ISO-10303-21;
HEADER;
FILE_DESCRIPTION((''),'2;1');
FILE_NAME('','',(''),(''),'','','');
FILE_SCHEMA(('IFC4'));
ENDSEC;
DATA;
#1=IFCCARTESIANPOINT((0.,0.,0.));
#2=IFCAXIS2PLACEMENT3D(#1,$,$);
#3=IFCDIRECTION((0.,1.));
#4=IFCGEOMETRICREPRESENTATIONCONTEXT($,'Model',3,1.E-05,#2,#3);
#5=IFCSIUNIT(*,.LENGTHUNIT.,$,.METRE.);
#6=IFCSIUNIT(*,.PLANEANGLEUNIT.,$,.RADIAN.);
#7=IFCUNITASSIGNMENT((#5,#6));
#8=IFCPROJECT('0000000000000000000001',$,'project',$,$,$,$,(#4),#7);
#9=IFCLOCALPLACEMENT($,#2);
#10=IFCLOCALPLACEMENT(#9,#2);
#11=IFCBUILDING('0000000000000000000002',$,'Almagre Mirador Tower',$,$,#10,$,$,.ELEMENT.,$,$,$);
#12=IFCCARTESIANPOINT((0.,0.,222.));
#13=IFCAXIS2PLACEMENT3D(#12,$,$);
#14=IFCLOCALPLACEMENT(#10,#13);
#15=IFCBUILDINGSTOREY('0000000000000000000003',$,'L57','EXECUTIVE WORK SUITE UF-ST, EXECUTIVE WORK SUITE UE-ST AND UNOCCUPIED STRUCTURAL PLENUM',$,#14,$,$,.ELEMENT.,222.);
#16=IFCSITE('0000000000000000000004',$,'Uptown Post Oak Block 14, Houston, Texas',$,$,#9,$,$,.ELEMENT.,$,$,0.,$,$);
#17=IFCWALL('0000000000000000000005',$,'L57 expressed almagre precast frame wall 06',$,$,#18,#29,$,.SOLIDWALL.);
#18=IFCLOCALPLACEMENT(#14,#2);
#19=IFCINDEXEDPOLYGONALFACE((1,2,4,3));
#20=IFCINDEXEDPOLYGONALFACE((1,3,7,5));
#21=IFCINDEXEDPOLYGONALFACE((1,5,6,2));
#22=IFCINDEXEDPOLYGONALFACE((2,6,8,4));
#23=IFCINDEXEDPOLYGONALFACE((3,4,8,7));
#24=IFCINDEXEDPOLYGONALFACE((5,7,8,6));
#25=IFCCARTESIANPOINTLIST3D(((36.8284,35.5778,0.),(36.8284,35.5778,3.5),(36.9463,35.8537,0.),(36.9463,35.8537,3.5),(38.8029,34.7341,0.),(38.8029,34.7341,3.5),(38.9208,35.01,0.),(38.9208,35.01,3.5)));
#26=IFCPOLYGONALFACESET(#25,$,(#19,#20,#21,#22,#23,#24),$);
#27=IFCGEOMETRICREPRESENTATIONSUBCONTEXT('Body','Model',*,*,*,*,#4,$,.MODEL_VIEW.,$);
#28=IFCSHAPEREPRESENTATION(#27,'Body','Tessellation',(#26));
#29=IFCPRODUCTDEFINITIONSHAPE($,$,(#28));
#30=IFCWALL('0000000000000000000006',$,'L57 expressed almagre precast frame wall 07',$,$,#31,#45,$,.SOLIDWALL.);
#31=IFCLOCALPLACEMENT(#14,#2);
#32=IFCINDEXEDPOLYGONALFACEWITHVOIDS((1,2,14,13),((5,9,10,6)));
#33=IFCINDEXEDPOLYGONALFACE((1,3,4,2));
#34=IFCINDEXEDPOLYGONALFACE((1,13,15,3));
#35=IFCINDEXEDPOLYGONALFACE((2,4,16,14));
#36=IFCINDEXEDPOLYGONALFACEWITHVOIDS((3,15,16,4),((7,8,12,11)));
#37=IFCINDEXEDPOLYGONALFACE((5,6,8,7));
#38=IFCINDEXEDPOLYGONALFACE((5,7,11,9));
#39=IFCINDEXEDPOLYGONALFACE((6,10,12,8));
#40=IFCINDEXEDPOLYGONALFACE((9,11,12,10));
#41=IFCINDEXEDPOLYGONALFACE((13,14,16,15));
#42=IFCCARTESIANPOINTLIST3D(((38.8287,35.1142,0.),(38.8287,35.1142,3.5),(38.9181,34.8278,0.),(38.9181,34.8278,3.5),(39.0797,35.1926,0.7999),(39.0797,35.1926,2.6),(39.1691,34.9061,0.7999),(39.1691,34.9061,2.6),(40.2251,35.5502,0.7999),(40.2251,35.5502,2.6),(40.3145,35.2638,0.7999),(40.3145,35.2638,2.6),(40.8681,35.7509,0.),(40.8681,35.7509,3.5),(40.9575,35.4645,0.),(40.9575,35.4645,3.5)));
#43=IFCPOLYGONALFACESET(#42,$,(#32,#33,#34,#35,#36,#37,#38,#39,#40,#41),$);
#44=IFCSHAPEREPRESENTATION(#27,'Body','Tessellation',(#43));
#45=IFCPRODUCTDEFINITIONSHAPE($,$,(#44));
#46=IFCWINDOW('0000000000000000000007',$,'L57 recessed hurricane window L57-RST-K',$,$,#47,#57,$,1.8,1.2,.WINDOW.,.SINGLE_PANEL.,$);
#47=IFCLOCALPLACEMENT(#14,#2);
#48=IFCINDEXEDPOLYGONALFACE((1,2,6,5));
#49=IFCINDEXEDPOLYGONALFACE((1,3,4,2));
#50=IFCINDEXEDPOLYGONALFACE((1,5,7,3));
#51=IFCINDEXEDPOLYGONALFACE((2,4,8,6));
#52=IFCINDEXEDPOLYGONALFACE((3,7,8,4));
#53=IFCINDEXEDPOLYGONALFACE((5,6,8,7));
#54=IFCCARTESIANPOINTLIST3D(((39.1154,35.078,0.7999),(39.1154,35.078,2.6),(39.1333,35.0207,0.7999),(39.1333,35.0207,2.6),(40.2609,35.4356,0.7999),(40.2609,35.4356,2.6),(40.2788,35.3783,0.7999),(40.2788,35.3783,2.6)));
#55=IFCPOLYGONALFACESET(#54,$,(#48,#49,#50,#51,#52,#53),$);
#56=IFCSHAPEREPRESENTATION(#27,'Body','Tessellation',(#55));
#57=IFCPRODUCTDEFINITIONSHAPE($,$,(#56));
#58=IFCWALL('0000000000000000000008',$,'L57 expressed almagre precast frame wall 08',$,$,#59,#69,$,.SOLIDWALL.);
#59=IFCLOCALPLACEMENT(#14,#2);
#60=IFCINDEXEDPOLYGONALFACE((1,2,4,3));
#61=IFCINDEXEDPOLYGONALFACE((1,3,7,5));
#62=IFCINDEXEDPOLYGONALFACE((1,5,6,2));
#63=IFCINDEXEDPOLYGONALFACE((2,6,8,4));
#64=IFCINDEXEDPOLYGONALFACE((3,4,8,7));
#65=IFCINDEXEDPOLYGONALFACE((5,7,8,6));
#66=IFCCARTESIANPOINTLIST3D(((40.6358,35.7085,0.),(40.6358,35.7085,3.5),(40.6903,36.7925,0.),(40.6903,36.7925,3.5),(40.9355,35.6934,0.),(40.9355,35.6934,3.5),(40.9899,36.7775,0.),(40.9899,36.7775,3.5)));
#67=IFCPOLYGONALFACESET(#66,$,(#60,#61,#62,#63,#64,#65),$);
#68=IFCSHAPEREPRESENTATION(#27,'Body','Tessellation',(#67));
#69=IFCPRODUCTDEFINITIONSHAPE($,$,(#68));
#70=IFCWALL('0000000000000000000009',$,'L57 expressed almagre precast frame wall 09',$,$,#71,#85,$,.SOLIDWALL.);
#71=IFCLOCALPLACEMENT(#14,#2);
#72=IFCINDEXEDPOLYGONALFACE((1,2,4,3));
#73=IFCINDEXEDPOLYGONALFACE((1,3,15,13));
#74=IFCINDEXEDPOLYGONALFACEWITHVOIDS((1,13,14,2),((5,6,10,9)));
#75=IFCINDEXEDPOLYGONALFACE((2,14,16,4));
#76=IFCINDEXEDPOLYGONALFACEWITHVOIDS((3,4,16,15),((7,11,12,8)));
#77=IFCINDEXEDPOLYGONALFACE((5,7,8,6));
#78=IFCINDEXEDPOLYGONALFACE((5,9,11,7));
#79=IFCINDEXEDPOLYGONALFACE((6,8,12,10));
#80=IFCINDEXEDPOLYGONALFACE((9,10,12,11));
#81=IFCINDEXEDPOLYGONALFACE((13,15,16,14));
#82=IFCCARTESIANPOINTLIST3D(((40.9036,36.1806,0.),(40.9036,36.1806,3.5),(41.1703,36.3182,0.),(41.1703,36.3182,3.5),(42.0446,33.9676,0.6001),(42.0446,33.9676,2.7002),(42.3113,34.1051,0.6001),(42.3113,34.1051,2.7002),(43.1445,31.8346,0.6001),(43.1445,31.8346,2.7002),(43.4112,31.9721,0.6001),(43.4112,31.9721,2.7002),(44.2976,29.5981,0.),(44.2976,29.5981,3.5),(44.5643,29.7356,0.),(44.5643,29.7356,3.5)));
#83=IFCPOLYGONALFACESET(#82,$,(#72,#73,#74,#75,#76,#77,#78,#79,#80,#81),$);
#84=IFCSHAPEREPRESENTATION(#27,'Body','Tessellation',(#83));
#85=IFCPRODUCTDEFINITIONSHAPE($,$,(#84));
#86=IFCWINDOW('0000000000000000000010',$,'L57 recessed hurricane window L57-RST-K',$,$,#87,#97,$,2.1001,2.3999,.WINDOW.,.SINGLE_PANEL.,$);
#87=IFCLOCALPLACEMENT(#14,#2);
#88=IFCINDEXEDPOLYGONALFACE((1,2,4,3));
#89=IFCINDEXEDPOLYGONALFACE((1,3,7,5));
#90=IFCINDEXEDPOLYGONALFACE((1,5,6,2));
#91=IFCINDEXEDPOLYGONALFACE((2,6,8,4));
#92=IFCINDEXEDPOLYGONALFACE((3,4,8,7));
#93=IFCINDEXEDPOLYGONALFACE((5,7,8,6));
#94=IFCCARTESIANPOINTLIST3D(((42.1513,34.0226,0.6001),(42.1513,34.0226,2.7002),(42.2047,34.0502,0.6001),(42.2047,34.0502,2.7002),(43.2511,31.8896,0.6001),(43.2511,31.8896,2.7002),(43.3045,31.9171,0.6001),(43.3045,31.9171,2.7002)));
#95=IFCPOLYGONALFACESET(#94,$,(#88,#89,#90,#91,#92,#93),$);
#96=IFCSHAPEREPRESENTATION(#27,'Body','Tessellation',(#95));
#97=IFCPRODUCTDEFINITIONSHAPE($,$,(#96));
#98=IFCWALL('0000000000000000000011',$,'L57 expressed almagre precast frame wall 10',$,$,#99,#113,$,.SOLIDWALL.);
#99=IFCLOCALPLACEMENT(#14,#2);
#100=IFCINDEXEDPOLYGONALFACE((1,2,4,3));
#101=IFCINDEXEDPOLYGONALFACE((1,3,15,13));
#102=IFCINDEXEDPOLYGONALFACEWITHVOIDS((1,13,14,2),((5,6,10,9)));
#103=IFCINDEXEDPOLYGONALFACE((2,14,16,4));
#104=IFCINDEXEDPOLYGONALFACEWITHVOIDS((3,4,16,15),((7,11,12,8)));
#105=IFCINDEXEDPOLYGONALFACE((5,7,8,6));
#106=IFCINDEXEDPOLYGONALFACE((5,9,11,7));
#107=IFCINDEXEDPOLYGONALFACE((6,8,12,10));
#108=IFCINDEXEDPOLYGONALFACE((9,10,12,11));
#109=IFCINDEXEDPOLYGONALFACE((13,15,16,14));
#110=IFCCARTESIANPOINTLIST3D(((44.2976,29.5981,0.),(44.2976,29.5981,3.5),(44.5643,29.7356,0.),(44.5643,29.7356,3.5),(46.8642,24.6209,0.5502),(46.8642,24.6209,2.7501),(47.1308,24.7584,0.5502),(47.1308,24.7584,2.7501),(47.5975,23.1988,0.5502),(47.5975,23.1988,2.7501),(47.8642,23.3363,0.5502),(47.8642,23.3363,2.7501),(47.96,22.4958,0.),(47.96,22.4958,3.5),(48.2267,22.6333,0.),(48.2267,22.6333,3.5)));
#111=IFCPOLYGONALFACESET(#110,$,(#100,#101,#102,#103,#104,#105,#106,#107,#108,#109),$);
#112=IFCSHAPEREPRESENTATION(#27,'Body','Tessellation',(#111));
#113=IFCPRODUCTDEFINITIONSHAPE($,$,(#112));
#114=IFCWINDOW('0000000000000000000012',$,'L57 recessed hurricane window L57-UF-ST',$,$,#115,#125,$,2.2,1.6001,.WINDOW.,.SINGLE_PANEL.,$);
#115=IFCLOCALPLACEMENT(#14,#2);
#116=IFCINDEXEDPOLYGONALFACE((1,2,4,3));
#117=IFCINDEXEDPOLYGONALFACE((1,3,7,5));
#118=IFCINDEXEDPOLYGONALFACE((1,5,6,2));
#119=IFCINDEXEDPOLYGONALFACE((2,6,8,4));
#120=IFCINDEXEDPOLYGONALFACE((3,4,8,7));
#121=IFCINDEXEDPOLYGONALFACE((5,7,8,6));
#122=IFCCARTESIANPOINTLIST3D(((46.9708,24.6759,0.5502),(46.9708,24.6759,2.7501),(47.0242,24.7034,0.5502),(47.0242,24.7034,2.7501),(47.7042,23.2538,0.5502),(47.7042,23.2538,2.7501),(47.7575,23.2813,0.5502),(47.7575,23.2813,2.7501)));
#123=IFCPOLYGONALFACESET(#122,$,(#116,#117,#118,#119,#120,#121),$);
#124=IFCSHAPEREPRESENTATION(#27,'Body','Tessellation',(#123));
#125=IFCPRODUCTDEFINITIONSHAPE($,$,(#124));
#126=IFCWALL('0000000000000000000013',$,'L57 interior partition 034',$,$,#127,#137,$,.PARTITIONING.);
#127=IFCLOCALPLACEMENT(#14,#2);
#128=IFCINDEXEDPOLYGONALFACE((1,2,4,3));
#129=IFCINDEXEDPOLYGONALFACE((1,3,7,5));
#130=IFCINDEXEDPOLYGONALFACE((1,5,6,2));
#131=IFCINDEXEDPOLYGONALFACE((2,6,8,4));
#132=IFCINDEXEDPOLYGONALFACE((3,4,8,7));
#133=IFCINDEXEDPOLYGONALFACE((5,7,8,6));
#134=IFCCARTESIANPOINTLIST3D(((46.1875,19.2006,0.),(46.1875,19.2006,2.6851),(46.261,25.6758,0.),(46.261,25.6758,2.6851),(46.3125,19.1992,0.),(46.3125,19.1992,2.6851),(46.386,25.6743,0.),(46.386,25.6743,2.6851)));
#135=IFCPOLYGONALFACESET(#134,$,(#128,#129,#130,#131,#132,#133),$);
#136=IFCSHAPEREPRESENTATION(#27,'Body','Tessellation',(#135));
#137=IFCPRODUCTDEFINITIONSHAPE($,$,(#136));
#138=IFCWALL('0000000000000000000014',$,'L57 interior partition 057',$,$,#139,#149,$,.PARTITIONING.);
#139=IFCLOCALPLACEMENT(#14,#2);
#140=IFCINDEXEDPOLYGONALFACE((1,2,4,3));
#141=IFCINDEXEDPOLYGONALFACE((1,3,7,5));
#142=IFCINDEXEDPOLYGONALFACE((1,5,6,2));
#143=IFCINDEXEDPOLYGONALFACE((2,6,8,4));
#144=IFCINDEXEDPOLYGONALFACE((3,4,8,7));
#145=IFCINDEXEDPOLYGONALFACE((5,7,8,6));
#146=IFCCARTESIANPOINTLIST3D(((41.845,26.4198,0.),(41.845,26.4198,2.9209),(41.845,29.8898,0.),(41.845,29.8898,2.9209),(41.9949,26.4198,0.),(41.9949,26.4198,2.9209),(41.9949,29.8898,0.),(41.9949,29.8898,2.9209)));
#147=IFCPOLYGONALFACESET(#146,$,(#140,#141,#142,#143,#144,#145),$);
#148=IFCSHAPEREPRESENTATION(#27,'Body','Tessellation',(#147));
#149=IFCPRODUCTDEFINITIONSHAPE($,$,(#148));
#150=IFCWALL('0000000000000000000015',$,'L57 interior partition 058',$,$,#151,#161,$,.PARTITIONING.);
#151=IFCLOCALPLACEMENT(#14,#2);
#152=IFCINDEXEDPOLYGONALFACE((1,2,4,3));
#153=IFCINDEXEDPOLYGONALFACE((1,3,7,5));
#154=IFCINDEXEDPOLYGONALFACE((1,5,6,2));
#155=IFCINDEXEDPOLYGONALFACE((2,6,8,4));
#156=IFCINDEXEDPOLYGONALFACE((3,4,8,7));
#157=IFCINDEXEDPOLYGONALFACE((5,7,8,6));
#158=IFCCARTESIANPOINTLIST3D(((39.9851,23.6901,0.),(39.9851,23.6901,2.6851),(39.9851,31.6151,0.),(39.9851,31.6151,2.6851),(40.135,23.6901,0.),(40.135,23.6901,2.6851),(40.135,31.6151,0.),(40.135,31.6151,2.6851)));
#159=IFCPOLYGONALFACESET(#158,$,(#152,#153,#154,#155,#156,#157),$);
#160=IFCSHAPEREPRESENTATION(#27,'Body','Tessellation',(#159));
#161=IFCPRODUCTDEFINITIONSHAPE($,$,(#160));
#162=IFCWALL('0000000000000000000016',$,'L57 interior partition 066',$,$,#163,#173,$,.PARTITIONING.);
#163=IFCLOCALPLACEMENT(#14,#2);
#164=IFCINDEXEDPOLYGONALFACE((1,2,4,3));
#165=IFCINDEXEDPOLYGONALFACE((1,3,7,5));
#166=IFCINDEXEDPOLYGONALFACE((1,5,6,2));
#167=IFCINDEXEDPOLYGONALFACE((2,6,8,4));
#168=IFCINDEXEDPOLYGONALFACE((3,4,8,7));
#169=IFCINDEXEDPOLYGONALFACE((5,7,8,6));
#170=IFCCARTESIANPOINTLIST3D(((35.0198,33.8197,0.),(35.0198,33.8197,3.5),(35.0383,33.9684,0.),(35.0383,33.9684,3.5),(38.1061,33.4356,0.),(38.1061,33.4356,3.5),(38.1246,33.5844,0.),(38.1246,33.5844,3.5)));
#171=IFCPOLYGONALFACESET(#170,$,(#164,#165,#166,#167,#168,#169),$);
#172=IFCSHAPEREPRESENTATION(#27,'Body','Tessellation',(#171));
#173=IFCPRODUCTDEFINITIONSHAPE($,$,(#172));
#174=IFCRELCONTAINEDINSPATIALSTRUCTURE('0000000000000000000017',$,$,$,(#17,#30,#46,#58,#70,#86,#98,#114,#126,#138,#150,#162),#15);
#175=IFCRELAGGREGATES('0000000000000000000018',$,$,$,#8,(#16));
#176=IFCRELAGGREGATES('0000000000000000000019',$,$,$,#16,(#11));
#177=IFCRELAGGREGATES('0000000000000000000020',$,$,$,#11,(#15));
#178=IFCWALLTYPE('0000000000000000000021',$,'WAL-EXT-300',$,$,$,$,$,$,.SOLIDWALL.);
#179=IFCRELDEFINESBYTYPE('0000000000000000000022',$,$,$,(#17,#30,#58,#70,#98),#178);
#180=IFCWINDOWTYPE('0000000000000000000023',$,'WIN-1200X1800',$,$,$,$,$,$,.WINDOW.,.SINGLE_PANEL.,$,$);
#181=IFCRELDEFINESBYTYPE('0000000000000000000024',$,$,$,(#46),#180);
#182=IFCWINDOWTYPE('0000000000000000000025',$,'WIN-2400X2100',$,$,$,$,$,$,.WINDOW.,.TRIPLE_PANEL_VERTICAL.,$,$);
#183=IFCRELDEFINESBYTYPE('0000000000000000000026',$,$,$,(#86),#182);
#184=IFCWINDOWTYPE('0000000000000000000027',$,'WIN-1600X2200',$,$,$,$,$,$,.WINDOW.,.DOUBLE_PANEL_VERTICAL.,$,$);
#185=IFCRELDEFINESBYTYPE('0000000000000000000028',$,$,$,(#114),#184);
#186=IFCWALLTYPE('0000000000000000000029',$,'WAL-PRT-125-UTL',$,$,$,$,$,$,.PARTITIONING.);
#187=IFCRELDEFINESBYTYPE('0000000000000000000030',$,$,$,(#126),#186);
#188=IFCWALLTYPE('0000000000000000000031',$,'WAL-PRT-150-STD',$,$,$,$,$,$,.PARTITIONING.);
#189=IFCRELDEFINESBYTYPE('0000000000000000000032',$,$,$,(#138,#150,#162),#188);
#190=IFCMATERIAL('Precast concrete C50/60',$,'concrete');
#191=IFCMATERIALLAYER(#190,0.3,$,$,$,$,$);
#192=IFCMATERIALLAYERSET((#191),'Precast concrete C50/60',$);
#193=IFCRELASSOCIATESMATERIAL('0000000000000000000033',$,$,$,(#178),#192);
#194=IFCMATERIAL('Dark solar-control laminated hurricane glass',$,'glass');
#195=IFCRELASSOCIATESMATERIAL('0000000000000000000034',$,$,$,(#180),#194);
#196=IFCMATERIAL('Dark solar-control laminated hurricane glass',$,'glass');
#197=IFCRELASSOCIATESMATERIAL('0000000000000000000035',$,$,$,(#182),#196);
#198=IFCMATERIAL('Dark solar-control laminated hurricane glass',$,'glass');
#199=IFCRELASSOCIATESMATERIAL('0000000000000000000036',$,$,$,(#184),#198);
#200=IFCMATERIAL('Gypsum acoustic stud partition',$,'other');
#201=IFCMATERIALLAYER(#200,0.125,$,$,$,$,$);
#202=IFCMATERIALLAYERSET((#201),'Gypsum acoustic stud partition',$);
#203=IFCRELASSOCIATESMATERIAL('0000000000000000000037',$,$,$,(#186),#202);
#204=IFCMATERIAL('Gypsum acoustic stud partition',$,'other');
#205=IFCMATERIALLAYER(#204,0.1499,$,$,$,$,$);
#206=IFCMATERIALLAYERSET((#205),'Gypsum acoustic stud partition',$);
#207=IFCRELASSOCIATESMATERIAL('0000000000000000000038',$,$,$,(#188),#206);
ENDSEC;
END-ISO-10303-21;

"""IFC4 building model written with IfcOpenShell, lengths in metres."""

from ifc_helpers import new_model, si_unit, direction, frame, frame_2d, origin, place, context, subcontext, project, spatial, rectangle, extrude, material, layer, layer_set, type_object, element, fill, save


model = new_model("IFC4")

# Units and contexts
model_context = context("Model", 3, precision=1e-05, world=origin(), true_north=direction((0.0, 1.0)))
body_context = subcontext(model_context, "Body", "Model", "MODEL_VIEW")
ifc_project = project(units=[si_unit("LENGTHUNIT", "METRE"), si_unit("PLANEANGLEUNIT", "RADIAN")], contexts=[model_context])

# Site, building, storey
site_placement = place(None, origin())
site = spatial("IfcSite", under=ifc_project, at=site_placement, Name="Uptown Post Oak Block 14, Houston, Texas", CompositionType="ELEMENT", RefElevation=0.0)
building_placement = place(site_placement, origin())
building = spatial("IfcBuilding", under=site, at=building_placement, Name="Almagre Mirador Tower", CompositionType="ELEMENT")
storey_placement = place(building_placement, frame((0.0, 0.0, 222.0)))
storey = spatial("IfcBuildingStorey", under=building, at=storey_placement, Name="L57", Description="EXECUTIVE WORK SUITE UF-ST, EXECUTIVE WORK SUITE UE-ST AND UNOCCUPIED STRUCTURAL PLENUM", CompositionType="ELEMENT", Elevation=222.0)

# Wall
ifc_material_1 = material(Name="Precast concrete C50/60", Category="concrete")
ifc_layer_1 = layer(ifc_material_1, 0.3)
ifc_layer_set_1 = layer_set([ifc_layer_1], Name="Precast concrete C50/60")
wall_type_1 = type_object("IfcWallType", Name="WAL-EXT-300", PredefinedType="SOLIDWALL", material=ifc_layer_set_1)
wall_1_placement = place(storey_placement, frame((36.8872, 35.7158, 0.0), z_axis=(0.0, 0.0, 1.0), x_axis=(0.919568, -0.392931, 0.0)))
element("IfcWall", 1, at=wall_1_placement, inside=storey, type_object=wall_type_1, Name="L57 expressed almagre precast frame wall 06", PredefinedType="SOLIDWALL", context=body_context, shape_type="SweptSolid", body=[
    extrude(rectangle(XDim=2.1472, YDim=0.3, at=frame_2d((1.0737, 0.0))), origin(), (0.0, 0.0, 1.0), 3.5),
])

# Wall, opening, window
wall_2_placement = place(storey_placement, frame((38.8733, 34.9709, 0.0), z_axis=(0.0, 0.0, 1.0), x_axis=(0.954555, 0.298034, 0.0)))
wall_2 = element("IfcWall", 2, at=wall_2_placement, inside=storey, type_object=wall_type_1, Name="L57 expressed almagre precast frame wall 07", PredefinedType="SOLIDWALL", context=body_context, shape_type="SweptSolid", body=[
    extrude(rectangle(XDim=2.1365, YDim=0.3, at=frame_2d((1.0684, 0.0))), origin(), (0.0, 0.0, 1.0), 3.5),
])
opening_1_placement = place(wall_2_placement, frame((0.2629, 0.0, 0.8)))
opening_1 = element("IfcOpeningElement", 3, at=opening_1_placement, cuts=wall_2, PredefinedType="OPENING", context=body_context, shape_type="SweptSolid", body=[
    extrude(rectangle(XDim=1.2, YDim=1.8, at=frame_2d((0.6001, 0.8999))), frame((0.0, 0.1599, 0.0), z_axis=(0.0, -1.0, 0.0), x_axis=(1.0, 0.0, 0.0)), (0.0, 0.0, 1.0), 0.32),
])
ifc_material_2 = material(Name="Dark solar-control laminated hurricane glass", Category="glass")
window_type_1 = type_object("IfcWindowType", Name="WIN-1200X1800", PartitioningType="SINGLE_PANEL", PredefinedType="WINDOW", material=ifc_material_2)
window_1_placement = place(opening_1_placement, origin())
window_1 = element("IfcWindow", 4, at=window_1_placement, inside=storey, type_object=window_type_1, Name="L57 recessed hurricane window L57-RST-K", OverallHeight=1.8, OverallWidth=1.2, PartitioningType="SINGLE_PANEL", PredefinedType="WINDOW", context=body_context, shape_type="SweptSolid", body=[
    extrude(rectangle(XDim=1.2, YDim=1.8, at=frame_2d((0.6001, 0.8999))), frame((0.0, 0.03, 0.0), z_axis=(0.0, -1.0, 0.0), x_axis=(1.0, 0.0, 0.0)), (0.0, 0.0, 1.0), 0.0601),
])
fill(opening_1, window_1)

# Wall
wall_3_placement = place(storey_placement, frame((40.7856, 35.7009, 0.0), z_axis=(0.0, 0.0, 1.0), x_axis=(0.050162, 0.998741, 0.0)))
element("IfcWall", 5, at=wall_3_placement, inside=storey, type_object=wall_type_1, Name="L57 expressed almagre precast frame wall 08", PredefinedType="SOLIDWALL", context=body_context, shape_type="SweptSolid", body=[
    extrude(rectangle(XDim=1.0854, YDim=0.3, at=frame_2d((0.5427, 0.0))), origin(), (0.0, 0.0, 1.0), 3.5),
])

# Walls, openings, windows
wall_4_placement = place(storey_placement, frame((41.0369, 36.2495, 0.0), z_axis=(0.0, 0.0, 1.0), x_axis=(0.458282, -0.888807, 0.0)))
wall_4 = element("IfcWall", 6, at=wall_4_placement, inside=storey, type_object=wall_type_1, Name="L57 expressed almagre precast frame wall 09", PredefinedType="SOLIDWALL", context=body_context, shape_type="SweptSolid", body=[
    extrude(rectangle(XDim=7.406, YDim=0.3, at=frame_2d((3.7031, 0.0))), origin(), (0.0, 0.0, 1.0), 3.5),
])
opening_2_placement = place(wall_4_placement, frame((2.49, 0.0, 0.6001)))
opening_2 = element("IfcOpeningElement", 7, at=opening_2_placement, cuts=wall_4, PredefinedType="OPENING", context=body_context, shape_type="SweptSolid", body=[
    extrude(rectangle(XDim=2.3999, YDim=2.1001, at=frame_2d((1.2, 1.05))), frame((0.0, 0.1599, 0.0), z_axis=(0.0, -1.0, 0.0), x_axis=(1.0, 0.0, 0.0)), (0.0, 0.0, 1.0), 0.32),
])
ifc_material_3 = material(Name="Dark solar-control laminated hurricane glass", Category="glass")
window_type_2 = type_object("IfcWindowType", Name="WIN-2400X2100", PartitioningType="TRIPLE_PANEL_VERTICAL", PredefinedType="WINDOW", material=ifc_material_3)
window_2_placement = place(opening_2_placement, origin())
window_2 = element("IfcWindow", 8, at=window_2_placement, inside=storey, type_object=window_type_2, Name="L57 recessed hurricane window L57-RST-K", OverallHeight=2.1001, OverallWidth=2.3999, PartitioningType="SINGLE_PANEL", PredefinedType="WINDOW", context=body_context, shape_type="SweptSolid", body=[
    extrude(rectangle(XDim=2.3999, YDim=2.1001, at=frame_2d((1.2, 1.05))), frame((0.0, 0.03, 0.0), z_axis=(0.0, -1.0, 0.0), x_axis=(1.0, 0.0, 0.0)), (0.0, 0.0, 1.0), 0.0601),
])
fill(opening_2, window_2)
wall_5_placement = place(storey_placement, frame((44.4309, 29.667, 0.0), z_axis=(0.0, 0.0, 1.0), x_axis=(0.458312, -0.888791, 0.0)))
wall_5 = element("IfcWall", 9, at=wall_5_placement, inside=storey, type_object=wall_type_1, Name="L57 expressed almagre precast frame wall 10", PredefinedType="SOLIDWALL", context=body_context, shape_type="SweptSolid", body=[
    extrude(rectangle(XDim=7.991, YDim=0.3, at=frame_2d((3.9956, 0.0))), origin(), (0.0, 0.0, 1.0), 3.5),
])
opening_3_placement = place(wall_5_placement, frame((5.6001, 0.0, 0.55)))
opening_3 = element("IfcOpeningElement", 10, at=opening_3_placement, cuts=wall_5, PredefinedType="OPENING", context=body_context, shape_type="SweptSolid", body=[
    extrude(rectangle(XDim=1.6001, YDim=2.2, at=frame_2d((0.8, 1.1001))), frame((0.0, 0.1599, 0.0), z_axis=(0.0, -1.0, 0.0), x_axis=(1.0, 0.0, 0.0)), (0.0, 0.0, 1.0), 0.32),
])
ifc_material_4 = material(Name="Dark solar-control laminated hurricane glass", Category="glass")
window_type_3 = type_object("IfcWindowType", Name="WIN-1600X2200", PartitioningType="DOUBLE_PANEL_VERTICAL", PredefinedType="WINDOW", material=ifc_material_4)
window_3_placement = place(opening_3_placement, origin())
window_3 = element("IfcWindow", 11, at=window_3_placement, inside=storey, type_object=window_type_3, Name="L57 recessed hurricane window L57-UF-ST", OverallHeight=2.2, OverallWidth=1.6001, PartitioningType="SINGLE_PANEL", PredefinedType="WINDOW", context=body_context, shape_type="SweptSolid", body=[
    extrude(rectangle(XDim=1.6001, YDim=2.2, at=frame_2d((0.8, 1.1001))), frame((0.0, 0.03, 0.0), z_axis=(0.0, -1.0, 0.0), x_axis=(1.0, 0.0, 0.0)), (0.0, 0.0, 1.0), 0.0601),
])
fill(opening_3, window_3)

# Walls
ifc_material_5 = material(Name="Gypsum acoustic stud partition", Category="other")
ifc_layer_2 = layer(ifc_material_5, 0.125)
ifc_layer_set_2 = layer_set([ifc_layer_2], Name="Gypsum acoustic stud partition")
wall_type_2 = type_object("IfcWallType", Name="WAL-PRT-125-UTL", PredefinedType="PARTITIONING", material=ifc_layer_set_2)
wall_6_placement = place(storey_placement, frame((46.3235, 25.675, 0.0), z_axis=(0.0, 0.0, 1.0), x_axis=(-0.011348, -0.999936, 0.0)))
element("IfcWall", 12, at=wall_6_placement, inside=storey, type_object=wall_type_2, Name="L57 interior partition 034", PredefinedType="PARTITIONING", context=body_context, shape_type="SweptSolid", body=[
    extrude(rectangle(XDim=6.4756, YDim=0.125, at=frame_2d((3.2378, 0.0))), origin(), (0.0, 0.0, 1.0), 2.6851),
])
ifc_material_6 = material(Name="Gypsum acoustic stud partition", Category="other")
ifc_layer_3 = layer(ifc_material_6, 0.1499)
ifc_layer_set_3 = layer_set([ifc_layer_3], Name="Gypsum acoustic stud partition")
wall_type_3 = type_object("IfcWallType", Name="WAL-PRT-150-STD", PredefinedType="PARTITIONING", material=ifc_layer_set_3)
wall_7_placement = place(storey_placement, frame((41.9199, 26.4199, 0.0), z_axis=(0.0, 0.0, 1.0), x_axis=(0.0, 1.0, 0.0)))
element("IfcWall", 13, at=wall_7_placement, inside=storey, type_object=wall_type_3, Name="L57 interior partition 057", PredefinedType="PARTITIONING", context=body_context, shape_type="SweptSolid", body=[
    extrude(rectangle(XDim=3.47, YDim=0.1499, at=frame_2d((1.7349, 0.0))), origin(), (0.0, 0.0, 1.0), 2.9209),
])
wall_8_placement = place(storey_placement, frame((40.0601, 31.615, 0.0), z_axis=(0.0, 0.0, 1.0), x_axis=(0.0, -1.0, 0.0)))
element("IfcWall", 14, at=wall_8_placement, inside=storey, type_object=wall_type_3, Name="L57 interior partition 058", PredefinedType="PARTITIONING", context=body_context, shape_type="SweptSolid", body=[
    extrude(rectangle(XDim=7.925, YDim=0.1499, at=frame_2d((3.9624, 0.0))), origin(), (0.0, 0.0, 1.0), 2.6851),
])
wall_9_placement = place(storey_placement, frame((38.1155, 33.51, 0.0), z_axis=(0.0, 0.0, 1.0), x_axis=(-0.992348, 0.123474, 0.0)))
element("IfcWall", 15, at=wall_9_placement, inside=storey, type_object=wall_type_3, Name="L57 interior partition 066", PredefinedType="PARTITIONING", context=body_context, shape_type="SweptSolid", body=[
    extrude(rectangle(XDim=3.1101, YDim=0.1499, at=frame_2d((1.5552, 0.0))), origin(), (0.0, 0.0, 1.0), 3.5),
])

save(model, "model.ifc")
